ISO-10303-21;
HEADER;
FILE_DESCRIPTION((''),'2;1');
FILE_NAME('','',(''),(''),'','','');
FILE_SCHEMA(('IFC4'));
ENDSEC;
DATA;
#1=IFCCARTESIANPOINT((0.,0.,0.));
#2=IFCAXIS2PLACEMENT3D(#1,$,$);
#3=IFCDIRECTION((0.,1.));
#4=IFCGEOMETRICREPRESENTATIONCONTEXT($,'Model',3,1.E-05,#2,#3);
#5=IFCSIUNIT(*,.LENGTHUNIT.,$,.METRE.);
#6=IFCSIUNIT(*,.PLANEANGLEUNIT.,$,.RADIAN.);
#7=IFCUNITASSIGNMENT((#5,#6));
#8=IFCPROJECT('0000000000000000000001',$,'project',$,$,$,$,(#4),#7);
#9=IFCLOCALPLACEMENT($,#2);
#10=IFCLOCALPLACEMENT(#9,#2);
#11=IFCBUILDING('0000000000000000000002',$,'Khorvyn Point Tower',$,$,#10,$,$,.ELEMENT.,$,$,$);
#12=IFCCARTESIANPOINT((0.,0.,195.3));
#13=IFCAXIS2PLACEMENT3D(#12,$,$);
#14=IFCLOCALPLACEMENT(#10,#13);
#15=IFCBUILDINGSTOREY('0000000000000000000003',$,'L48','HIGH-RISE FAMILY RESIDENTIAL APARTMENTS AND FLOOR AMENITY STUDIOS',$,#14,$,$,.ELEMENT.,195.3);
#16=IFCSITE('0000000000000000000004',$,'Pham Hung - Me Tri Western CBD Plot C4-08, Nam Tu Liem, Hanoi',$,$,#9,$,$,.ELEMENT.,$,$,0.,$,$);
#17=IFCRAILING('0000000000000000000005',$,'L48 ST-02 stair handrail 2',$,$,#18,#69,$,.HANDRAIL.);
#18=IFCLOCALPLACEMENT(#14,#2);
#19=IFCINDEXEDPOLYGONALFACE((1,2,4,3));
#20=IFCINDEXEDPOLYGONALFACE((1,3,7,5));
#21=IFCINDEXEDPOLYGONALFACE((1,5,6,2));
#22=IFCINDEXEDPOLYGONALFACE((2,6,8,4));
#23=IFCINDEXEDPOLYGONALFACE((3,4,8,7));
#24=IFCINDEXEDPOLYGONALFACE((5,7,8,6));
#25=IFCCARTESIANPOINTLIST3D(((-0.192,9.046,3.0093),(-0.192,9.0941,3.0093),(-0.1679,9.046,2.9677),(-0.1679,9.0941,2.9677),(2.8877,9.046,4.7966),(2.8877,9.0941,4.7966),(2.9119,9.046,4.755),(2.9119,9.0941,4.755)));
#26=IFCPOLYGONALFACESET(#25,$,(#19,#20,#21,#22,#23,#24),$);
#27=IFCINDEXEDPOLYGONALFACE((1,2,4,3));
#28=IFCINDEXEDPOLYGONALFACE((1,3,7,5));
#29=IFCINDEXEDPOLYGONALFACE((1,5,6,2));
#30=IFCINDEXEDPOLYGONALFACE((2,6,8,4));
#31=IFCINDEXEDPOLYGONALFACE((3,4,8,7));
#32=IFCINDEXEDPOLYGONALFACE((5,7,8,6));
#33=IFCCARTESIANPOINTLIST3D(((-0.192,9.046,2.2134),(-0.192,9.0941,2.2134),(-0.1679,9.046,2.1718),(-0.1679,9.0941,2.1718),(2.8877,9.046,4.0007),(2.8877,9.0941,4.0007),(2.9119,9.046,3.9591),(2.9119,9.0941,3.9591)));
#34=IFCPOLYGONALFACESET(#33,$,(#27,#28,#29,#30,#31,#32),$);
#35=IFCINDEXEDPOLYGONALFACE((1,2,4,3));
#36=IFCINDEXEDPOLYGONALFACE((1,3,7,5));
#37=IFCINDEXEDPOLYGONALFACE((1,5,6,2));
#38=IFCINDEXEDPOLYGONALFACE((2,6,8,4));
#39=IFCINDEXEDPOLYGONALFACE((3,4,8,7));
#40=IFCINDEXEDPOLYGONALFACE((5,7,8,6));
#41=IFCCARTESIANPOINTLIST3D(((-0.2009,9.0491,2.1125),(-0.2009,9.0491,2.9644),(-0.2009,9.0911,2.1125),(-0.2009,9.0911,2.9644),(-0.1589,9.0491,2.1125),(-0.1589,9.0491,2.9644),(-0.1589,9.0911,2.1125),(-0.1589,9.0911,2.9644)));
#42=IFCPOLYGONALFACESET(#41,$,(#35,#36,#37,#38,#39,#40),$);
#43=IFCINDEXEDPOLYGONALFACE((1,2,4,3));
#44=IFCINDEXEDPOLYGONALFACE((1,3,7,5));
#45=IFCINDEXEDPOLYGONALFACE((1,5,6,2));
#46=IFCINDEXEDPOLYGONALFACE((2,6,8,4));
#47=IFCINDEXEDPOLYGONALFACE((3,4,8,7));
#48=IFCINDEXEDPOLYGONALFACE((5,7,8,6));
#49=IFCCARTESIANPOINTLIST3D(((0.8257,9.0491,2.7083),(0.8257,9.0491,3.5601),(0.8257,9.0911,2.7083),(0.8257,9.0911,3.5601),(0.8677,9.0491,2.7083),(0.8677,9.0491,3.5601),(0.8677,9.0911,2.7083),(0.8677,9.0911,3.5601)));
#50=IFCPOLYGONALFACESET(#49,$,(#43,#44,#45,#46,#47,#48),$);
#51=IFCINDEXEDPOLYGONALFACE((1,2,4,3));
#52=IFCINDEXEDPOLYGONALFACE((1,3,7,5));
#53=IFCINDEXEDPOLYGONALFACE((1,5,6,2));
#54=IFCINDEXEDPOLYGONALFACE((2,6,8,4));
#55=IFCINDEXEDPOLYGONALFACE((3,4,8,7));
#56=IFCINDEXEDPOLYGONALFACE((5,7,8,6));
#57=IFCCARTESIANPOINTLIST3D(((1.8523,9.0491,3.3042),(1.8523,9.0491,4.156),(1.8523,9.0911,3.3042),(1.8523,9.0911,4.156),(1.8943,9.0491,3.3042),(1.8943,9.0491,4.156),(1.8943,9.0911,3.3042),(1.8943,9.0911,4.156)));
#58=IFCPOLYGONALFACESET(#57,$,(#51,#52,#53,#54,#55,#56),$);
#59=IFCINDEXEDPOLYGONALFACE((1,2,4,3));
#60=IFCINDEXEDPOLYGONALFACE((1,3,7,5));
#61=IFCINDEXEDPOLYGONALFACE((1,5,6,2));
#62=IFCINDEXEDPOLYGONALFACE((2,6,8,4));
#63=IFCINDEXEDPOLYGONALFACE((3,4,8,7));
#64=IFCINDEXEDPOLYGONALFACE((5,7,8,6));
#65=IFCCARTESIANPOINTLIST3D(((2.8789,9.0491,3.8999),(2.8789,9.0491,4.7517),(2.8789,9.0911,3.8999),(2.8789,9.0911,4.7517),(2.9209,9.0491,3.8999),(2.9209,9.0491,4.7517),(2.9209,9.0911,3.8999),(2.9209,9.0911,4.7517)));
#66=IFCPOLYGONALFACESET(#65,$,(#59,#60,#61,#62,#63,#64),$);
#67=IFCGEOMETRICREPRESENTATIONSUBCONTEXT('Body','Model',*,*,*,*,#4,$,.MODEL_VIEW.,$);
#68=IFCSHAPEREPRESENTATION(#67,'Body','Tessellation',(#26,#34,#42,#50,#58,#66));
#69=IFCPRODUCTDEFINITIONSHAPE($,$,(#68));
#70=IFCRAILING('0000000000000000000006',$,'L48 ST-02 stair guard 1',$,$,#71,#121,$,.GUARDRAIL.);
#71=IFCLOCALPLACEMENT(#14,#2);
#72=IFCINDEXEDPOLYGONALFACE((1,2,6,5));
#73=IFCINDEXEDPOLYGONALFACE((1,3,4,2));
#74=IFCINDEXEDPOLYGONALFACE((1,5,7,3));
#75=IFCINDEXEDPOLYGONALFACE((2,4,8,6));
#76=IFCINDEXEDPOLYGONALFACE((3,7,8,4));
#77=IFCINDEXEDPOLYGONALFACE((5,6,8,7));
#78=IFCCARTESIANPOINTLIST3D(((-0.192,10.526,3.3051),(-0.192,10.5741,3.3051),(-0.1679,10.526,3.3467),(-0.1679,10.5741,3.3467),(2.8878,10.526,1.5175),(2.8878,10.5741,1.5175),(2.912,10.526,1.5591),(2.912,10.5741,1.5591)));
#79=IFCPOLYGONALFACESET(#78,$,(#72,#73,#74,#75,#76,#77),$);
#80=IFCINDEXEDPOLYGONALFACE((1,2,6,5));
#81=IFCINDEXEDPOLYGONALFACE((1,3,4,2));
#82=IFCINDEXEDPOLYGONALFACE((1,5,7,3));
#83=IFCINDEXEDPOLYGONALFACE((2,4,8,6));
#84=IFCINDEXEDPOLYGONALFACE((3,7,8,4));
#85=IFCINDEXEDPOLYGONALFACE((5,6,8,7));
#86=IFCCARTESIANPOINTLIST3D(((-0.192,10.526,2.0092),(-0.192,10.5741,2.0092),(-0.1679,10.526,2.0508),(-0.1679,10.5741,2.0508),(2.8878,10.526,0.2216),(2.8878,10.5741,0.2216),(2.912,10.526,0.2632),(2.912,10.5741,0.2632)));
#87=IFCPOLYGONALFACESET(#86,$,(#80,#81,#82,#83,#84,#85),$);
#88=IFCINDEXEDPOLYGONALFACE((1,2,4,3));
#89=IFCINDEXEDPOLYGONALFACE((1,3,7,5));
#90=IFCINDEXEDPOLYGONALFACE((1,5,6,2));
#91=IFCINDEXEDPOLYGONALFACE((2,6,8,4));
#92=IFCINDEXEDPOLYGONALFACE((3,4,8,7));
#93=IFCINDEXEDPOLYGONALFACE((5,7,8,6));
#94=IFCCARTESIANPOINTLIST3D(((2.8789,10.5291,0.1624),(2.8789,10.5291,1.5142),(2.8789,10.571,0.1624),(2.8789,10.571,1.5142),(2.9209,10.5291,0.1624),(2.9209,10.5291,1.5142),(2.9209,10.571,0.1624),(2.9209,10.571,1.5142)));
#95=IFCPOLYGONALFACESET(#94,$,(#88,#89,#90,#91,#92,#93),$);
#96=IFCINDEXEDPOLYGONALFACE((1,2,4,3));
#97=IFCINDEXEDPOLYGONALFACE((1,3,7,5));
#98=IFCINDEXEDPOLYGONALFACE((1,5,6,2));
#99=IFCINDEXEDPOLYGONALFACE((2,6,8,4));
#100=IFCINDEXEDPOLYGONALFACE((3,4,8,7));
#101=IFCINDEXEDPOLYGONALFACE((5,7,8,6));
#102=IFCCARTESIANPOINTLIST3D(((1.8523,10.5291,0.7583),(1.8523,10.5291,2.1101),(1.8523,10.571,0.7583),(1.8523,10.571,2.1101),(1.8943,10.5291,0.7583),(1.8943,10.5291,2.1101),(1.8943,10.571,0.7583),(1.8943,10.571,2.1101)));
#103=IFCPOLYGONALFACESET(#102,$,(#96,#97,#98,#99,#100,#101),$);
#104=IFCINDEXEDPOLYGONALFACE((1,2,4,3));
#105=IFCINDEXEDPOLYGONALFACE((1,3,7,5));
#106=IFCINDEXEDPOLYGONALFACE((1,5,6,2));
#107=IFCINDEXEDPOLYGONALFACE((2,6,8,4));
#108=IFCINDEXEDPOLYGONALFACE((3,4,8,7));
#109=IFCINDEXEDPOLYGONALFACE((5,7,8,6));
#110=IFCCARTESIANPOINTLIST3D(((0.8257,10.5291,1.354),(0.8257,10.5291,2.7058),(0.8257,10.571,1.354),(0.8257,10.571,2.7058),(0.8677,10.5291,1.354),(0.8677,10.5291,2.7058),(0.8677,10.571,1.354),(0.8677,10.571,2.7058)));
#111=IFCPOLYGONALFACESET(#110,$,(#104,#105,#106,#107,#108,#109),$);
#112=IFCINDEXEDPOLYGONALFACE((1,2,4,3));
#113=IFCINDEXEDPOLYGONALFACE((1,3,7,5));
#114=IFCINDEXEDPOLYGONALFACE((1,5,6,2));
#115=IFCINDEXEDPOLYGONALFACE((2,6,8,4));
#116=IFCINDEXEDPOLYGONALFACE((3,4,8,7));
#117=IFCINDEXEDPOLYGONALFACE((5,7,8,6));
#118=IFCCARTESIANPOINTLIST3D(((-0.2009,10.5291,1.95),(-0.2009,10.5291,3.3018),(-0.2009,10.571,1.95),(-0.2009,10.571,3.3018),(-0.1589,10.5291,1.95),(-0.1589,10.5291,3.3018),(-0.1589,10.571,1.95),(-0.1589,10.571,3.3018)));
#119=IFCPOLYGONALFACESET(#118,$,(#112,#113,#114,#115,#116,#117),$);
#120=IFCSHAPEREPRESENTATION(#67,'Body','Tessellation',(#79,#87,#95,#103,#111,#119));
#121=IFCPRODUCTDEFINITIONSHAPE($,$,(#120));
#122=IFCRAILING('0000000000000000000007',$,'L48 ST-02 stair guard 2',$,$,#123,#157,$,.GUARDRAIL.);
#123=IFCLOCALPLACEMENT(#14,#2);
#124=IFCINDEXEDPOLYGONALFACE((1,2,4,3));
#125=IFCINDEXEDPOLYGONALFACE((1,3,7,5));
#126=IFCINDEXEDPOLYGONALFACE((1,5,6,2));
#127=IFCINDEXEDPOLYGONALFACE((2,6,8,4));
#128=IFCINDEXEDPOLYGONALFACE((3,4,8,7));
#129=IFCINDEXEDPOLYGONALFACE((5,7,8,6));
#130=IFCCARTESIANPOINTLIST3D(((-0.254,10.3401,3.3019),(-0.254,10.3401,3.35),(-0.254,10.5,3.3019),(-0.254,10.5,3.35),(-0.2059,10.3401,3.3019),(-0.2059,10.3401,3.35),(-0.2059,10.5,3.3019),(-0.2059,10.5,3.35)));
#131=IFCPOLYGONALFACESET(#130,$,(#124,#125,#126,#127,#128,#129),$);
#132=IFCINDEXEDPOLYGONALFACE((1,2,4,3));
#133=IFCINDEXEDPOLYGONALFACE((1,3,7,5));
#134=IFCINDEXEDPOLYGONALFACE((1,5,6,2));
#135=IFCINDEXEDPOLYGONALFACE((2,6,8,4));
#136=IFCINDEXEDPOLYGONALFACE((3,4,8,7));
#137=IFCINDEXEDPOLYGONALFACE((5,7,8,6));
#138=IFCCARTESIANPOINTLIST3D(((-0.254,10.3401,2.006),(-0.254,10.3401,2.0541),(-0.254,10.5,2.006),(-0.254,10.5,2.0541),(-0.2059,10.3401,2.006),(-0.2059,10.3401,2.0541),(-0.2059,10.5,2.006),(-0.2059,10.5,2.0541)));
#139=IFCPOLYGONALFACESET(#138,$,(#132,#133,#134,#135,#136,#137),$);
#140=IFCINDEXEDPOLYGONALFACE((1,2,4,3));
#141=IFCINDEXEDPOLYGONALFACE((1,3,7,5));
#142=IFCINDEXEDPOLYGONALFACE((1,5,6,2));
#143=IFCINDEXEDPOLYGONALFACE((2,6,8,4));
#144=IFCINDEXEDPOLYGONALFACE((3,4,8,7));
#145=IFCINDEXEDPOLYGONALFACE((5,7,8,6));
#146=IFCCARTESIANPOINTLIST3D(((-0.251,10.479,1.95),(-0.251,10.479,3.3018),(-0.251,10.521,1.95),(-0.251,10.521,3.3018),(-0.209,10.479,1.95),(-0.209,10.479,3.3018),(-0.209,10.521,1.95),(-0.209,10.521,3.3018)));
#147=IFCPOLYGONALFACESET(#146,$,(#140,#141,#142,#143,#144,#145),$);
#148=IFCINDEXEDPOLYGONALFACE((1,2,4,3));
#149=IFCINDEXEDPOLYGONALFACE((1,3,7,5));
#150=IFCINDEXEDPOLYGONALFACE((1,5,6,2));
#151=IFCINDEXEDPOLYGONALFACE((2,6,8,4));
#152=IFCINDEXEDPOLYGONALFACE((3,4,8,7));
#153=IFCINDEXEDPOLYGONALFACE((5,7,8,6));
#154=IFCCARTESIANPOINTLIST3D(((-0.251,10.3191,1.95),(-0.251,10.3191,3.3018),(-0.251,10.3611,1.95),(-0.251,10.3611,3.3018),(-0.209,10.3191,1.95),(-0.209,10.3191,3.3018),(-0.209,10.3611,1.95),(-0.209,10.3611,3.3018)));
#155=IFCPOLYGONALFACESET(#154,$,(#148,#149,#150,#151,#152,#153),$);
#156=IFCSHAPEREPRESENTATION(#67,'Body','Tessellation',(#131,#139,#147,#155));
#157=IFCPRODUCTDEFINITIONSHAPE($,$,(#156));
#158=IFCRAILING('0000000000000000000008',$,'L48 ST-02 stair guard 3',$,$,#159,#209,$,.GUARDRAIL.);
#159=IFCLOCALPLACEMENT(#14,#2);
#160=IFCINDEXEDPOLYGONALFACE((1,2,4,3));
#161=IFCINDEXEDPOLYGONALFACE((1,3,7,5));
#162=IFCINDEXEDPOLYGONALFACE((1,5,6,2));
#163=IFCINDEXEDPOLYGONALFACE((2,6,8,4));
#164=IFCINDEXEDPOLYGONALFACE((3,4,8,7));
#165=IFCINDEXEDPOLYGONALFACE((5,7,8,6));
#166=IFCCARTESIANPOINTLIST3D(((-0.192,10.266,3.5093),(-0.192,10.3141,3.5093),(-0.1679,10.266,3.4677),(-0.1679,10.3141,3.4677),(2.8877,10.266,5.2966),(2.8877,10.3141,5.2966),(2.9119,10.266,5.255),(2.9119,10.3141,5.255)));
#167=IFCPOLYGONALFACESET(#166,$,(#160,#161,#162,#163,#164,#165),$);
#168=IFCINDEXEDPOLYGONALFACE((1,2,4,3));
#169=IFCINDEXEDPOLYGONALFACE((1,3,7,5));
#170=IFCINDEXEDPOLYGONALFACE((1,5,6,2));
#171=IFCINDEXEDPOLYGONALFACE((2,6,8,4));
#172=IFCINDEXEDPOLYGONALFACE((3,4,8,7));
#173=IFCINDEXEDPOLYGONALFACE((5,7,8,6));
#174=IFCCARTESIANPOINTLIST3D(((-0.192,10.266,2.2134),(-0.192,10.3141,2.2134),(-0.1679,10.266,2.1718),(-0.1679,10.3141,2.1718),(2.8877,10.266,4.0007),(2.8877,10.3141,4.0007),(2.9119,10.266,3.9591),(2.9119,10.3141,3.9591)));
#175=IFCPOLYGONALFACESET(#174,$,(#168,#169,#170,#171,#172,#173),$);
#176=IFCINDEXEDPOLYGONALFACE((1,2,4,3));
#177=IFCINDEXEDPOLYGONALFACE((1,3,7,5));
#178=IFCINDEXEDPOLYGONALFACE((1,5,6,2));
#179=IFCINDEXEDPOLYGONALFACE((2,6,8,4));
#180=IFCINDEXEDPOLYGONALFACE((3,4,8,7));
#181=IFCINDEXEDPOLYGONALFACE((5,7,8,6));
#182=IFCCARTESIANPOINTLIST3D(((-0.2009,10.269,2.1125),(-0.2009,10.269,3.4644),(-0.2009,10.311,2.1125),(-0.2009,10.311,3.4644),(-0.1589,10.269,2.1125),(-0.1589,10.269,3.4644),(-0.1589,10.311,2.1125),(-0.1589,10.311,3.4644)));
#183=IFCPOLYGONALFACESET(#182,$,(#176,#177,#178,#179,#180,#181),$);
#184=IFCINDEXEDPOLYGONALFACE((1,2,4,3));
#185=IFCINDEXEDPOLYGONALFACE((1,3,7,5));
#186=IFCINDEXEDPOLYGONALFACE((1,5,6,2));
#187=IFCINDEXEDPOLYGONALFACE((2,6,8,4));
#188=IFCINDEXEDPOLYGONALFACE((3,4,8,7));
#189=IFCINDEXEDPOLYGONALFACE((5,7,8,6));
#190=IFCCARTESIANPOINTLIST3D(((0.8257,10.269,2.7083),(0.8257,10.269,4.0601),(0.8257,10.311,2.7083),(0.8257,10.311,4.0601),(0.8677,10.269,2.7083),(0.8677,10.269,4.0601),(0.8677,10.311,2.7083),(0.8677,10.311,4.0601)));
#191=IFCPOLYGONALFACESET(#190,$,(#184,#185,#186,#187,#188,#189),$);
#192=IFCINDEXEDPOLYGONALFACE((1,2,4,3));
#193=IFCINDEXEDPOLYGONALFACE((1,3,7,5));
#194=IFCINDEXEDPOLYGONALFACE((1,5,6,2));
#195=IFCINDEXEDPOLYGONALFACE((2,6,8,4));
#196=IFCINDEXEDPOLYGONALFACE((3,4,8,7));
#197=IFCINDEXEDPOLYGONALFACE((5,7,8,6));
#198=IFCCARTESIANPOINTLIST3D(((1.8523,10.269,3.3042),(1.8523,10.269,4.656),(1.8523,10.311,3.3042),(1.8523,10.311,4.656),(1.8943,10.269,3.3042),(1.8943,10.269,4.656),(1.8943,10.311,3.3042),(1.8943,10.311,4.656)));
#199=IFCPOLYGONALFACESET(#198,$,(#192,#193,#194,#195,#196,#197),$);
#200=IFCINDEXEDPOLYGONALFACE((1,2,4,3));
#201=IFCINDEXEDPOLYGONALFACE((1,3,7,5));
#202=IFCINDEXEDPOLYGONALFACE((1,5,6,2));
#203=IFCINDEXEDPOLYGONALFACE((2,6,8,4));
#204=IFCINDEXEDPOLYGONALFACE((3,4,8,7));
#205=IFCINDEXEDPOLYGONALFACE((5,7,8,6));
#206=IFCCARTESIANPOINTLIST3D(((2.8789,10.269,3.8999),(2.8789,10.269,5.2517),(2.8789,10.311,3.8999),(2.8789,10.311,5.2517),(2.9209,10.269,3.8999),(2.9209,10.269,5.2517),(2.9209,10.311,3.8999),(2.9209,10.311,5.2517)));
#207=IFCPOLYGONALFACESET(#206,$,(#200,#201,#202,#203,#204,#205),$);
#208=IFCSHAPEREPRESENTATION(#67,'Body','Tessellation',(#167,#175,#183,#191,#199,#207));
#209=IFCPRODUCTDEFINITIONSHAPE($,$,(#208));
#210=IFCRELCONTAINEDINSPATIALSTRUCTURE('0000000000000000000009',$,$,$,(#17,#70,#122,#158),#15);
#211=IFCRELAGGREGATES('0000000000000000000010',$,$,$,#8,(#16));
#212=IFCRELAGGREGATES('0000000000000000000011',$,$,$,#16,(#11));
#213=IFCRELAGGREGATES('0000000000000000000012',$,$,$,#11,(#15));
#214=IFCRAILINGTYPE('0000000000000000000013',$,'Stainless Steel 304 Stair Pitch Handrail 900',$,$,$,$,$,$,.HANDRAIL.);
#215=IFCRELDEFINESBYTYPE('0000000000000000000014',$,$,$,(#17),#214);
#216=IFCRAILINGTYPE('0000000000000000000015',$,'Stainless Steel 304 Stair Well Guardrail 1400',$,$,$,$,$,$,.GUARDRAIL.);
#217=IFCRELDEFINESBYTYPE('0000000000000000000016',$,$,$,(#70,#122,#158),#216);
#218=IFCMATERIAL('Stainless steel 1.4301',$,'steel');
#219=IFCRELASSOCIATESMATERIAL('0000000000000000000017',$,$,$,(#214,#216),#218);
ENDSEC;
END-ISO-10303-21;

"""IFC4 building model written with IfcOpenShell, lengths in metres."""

from ifc_helpers import new_model, si_unit, direction, frame, origin, origin_2d, place, context, subcontext, project, spatial, rectangle, extrude, material, type_object, element, save


model = new_model("IFC4")

# Units and contexts
model_context = context("Model", 3, precision=1e-05, world=origin(), true_north=direction((0.0, 1.0)))
body_context = subcontext(model_context, "Body", "Model", "MODEL_VIEW")
ifc_project = project(units=[si_unit("LENGTHUNIT", "METRE"), si_unit("PLANEANGLEUNIT", "RADIAN")], contexts=[model_context])

# Site, building, storey
site_placement = place(None, origin())
site = spatial("IfcSite", under=ifc_project, at=site_placement, Name="Pham Hung - Me Tri Western CBD Plot C4-08, Nam Tu Liem, Hanoi", CompositionType="ELEMENT", RefElevation=0.0)
building_placement = place(site_placement, origin())
building = spatial("IfcBuilding", under=site, at=building_placement, Name="Khorvyn Point Tower", CompositionType="ELEMENT")
storey_placement = place(building_placement, frame((0.0, 0.0, 195.3)))
storey = spatial("IfcBuildingStorey", under=building, at=storey_placement, Name="L48", Description="HIGH-RISE FAMILY RESIDENTIAL APARTMENTS AND FLOOR AMENITY STUDIOS", CompositionType="ELEMENT", Elevation=195.3)

# Railings
ifc_material_1 = material(Name="Stainless steel 1.4301", Category="steel")
railing_type_1 = type_object("IfcRailingType", Name="Stainless Steel 304 Stair Pitch Handrail 900", PredefinedType="HANDRAIL", material=ifc_material_1)
railing_1_placement = place(storey_placement, frame((-0.1799, 9.0701, 2.1125)))
element("IfcRailing", 1, at=railing_1_placement, inside=storey, type_object=railing_type_1, Name="L48 ST-02 stair handrail 2", PredefinedType="HANDRAIL", context=body_context, shape_type="SweptSolid", body=[
    extrude(rectangle(XDim=0.0481, YDim=0.0481, at=origin_2d()), frame((0.0, 0.0, 0.876), z_axis=(0.864903, 0.0, 0.501939), x_axis=(0.0, 1.0, 0.0)), (0.0, 0.0, 1.0), 3.5608),
    extrude(rectangle(XDim=0.0481, YDim=0.0481, at=origin_2d()), frame((0.0, 0.0, 0.0801), z_axis=(0.864903, 0.0, 0.501939), x_axis=(0.0, 1.0, 0.0)), (0.0, 0.0, 1.0), 3.5608),
    extrude(rectangle(XDim=0.042, YDim=0.042, at=origin_2d()), origin(), (0.0, 0.0, 1.0), 0.8518),
    extrude(rectangle(XDim=0.042, YDim=0.042, at=origin_2d()), frame((1.0266, 0.0, 0.5957)), (0.0, 0.0, 1.0), 0.8518),
    extrude(rectangle(XDim=0.042, YDim=0.042, at=origin_2d()), frame((2.0532, 0.0, 1.1917)), (0.0, 0.0, 1.0), 0.8518),
    extrude(rectangle(XDim=0.042, YDim=0.042, at=origin_2d()), frame((3.0798, 0.0, 1.7874)), (0.0, 0.0, 1.0), 0.8518),
])
railing_type_2 = type_object("IfcRailingType", Name="Stainless Steel 304 Stair Well Guardrail 1400", PredefinedType="GUARDRAIL", material=ifc_material_1)
railing_2_placement = place(storey_placement, frame((2.8999, 10.55, 0.1624)))
element("IfcRailing", 2, at=railing_2_placement, inside=storey, type_object=railing_type_2, Name="L48 ST-02 stair guard 1", PredefinedType="GUARDRAIL", context=body_context, shape_type="SweptSolid", body=[
    extrude(rectangle(XDim=0.0481, YDim=0.0481, at=origin_2d()), frame((0.0, 0.0, 1.376), z_axis=(-0.864873, 0.0, 0.50199), x_axis=(0.0, -1.0, 0.0)), (0.0, 0.0, 1.0), 3.561),
    extrude(rectangle(XDim=0.0481, YDim=0.0481, at=origin_2d()), frame((0.0, 0.0, 0.0801), z_axis=(-0.864873, 0.0, 0.50199), x_axis=(0.0, -1.0, 0.0)), (0.0, 0.0, 1.0), 3.561),
    extrude(rectangle(XDim=0.042, YDim=0.042, at=origin_2d()), origin(), (0.0, 0.0, 1.0), 1.3518),
    extrude(rectangle(XDim=0.042, YDim=0.042, at=origin_2d()), frame((-1.0266, 0.0, 0.5959)), (0.0, 0.0, 1.0), 1.3518),
    extrude(rectangle(XDim=0.042, YDim=0.042, at=origin_2d()), frame((-2.0532, 0.0, 1.1917)), (0.0, 0.0, 1.0), 1.3518),
    extrude(rectangle(XDim=0.042, YDim=0.042, at=origin_2d()), frame((-3.0798, 0.0, 1.7876)), (0.0, 0.0, 1.0), 1.3518),
])
railing_3_placement = place(storey_placement, frame((-0.23, 10.5, 1.95)))
element("IfcRailing", 3, at=railing_3_placement, inside=storey, type_object=railing_type_2, Name="L48 ST-02 stair guard 2", PredefinedType="GUARDRAIL", context=body_context, shape_type="SweptSolid", body=[
    extrude(rectangle(XDim=0.0481, YDim=0.0481, at=origin_2d()), frame((0.0, 0.0, 1.376), z_axis=(0.0, -1.0, 0.0), x_axis=(1.0, 0.0, 0.0)), (0.0, 0.0, 1.0), 0.1599),
    extrude(rectangle(XDim=0.0481, YDim=0.0481, at=origin_2d()), frame((0.0, 0.0, 0.0801), z_axis=(0.0, -1.0, 0.0), x_axis=(1.0, 0.0, 0.0)), (0.0, 0.0, 1.0), 0.1599),
    extrude(rectangle(XDim=0.042, YDim=0.042, at=origin_2d()), origin(), (0.0, 0.0, 1.0), 1.3518),
    extrude(rectangle(XDim=0.042, YDim=0.042, at=origin_2d()), frame((0.0, -0.1599, 0.0)), (0.0, 0.0, 1.0), 1.3518),
])
railing_4_placement = place(storey_placement, frame((-0.1799, 10.29, 2.1125)))
element("IfcRailing", 4, at=railing_4_placement, inside=storey, type_object=railing_type_2, Name="L48 ST-02 stair guard 3", PredefinedType="GUARDRAIL", context=body_context, shape_type="SweptSolid", body=[
    extrude(rectangle(XDim=0.0481, YDim=0.0481, at=origin_2d()), frame((0.0, 0.0, 1.376), z_axis=(0.864903, 0.0, 0.501939), x_axis=(0.0, 1.0, 0.0)), (0.0, 0.0, 1.0), 3.5608),
    extrude(rectangle(XDim=0.0481, YDim=0.0481, at=origin_2d()), frame((0.0, 0.0, 0.0801), z_axis=(0.864903, 0.0, 0.501939), x_axis=(0.0, 1.0, 0.0)), (0.0, 0.0, 1.0), 3.5608),
    extrude(rectangle(XDim=0.042, YDim=0.042, at=origin_2d()), origin(), (0.0, 0.0, 1.0), 1.3518),
    extrude(rectangle(XDim=0.042, YDim=0.042, at=origin_2d()), frame((1.0266, 0.0, 0.5957)), (0.0, 0.0, 1.0), 1.3518),
    extrude(rectangle(XDim=0.042, YDim=0.042, at=origin_2d()), frame((2.0532, 0.0, 1.1917)), (0.0, 0.0, 1.0), 1.3518),
    extrude(rectangle(XDim=0.042, YDim=0.042, at=origin_2d()), frame((3.0798, 0.0, 1.7874)), (0.0, 0.0, 1.0), 1.3518),
])

save(model, "model.ifc")
